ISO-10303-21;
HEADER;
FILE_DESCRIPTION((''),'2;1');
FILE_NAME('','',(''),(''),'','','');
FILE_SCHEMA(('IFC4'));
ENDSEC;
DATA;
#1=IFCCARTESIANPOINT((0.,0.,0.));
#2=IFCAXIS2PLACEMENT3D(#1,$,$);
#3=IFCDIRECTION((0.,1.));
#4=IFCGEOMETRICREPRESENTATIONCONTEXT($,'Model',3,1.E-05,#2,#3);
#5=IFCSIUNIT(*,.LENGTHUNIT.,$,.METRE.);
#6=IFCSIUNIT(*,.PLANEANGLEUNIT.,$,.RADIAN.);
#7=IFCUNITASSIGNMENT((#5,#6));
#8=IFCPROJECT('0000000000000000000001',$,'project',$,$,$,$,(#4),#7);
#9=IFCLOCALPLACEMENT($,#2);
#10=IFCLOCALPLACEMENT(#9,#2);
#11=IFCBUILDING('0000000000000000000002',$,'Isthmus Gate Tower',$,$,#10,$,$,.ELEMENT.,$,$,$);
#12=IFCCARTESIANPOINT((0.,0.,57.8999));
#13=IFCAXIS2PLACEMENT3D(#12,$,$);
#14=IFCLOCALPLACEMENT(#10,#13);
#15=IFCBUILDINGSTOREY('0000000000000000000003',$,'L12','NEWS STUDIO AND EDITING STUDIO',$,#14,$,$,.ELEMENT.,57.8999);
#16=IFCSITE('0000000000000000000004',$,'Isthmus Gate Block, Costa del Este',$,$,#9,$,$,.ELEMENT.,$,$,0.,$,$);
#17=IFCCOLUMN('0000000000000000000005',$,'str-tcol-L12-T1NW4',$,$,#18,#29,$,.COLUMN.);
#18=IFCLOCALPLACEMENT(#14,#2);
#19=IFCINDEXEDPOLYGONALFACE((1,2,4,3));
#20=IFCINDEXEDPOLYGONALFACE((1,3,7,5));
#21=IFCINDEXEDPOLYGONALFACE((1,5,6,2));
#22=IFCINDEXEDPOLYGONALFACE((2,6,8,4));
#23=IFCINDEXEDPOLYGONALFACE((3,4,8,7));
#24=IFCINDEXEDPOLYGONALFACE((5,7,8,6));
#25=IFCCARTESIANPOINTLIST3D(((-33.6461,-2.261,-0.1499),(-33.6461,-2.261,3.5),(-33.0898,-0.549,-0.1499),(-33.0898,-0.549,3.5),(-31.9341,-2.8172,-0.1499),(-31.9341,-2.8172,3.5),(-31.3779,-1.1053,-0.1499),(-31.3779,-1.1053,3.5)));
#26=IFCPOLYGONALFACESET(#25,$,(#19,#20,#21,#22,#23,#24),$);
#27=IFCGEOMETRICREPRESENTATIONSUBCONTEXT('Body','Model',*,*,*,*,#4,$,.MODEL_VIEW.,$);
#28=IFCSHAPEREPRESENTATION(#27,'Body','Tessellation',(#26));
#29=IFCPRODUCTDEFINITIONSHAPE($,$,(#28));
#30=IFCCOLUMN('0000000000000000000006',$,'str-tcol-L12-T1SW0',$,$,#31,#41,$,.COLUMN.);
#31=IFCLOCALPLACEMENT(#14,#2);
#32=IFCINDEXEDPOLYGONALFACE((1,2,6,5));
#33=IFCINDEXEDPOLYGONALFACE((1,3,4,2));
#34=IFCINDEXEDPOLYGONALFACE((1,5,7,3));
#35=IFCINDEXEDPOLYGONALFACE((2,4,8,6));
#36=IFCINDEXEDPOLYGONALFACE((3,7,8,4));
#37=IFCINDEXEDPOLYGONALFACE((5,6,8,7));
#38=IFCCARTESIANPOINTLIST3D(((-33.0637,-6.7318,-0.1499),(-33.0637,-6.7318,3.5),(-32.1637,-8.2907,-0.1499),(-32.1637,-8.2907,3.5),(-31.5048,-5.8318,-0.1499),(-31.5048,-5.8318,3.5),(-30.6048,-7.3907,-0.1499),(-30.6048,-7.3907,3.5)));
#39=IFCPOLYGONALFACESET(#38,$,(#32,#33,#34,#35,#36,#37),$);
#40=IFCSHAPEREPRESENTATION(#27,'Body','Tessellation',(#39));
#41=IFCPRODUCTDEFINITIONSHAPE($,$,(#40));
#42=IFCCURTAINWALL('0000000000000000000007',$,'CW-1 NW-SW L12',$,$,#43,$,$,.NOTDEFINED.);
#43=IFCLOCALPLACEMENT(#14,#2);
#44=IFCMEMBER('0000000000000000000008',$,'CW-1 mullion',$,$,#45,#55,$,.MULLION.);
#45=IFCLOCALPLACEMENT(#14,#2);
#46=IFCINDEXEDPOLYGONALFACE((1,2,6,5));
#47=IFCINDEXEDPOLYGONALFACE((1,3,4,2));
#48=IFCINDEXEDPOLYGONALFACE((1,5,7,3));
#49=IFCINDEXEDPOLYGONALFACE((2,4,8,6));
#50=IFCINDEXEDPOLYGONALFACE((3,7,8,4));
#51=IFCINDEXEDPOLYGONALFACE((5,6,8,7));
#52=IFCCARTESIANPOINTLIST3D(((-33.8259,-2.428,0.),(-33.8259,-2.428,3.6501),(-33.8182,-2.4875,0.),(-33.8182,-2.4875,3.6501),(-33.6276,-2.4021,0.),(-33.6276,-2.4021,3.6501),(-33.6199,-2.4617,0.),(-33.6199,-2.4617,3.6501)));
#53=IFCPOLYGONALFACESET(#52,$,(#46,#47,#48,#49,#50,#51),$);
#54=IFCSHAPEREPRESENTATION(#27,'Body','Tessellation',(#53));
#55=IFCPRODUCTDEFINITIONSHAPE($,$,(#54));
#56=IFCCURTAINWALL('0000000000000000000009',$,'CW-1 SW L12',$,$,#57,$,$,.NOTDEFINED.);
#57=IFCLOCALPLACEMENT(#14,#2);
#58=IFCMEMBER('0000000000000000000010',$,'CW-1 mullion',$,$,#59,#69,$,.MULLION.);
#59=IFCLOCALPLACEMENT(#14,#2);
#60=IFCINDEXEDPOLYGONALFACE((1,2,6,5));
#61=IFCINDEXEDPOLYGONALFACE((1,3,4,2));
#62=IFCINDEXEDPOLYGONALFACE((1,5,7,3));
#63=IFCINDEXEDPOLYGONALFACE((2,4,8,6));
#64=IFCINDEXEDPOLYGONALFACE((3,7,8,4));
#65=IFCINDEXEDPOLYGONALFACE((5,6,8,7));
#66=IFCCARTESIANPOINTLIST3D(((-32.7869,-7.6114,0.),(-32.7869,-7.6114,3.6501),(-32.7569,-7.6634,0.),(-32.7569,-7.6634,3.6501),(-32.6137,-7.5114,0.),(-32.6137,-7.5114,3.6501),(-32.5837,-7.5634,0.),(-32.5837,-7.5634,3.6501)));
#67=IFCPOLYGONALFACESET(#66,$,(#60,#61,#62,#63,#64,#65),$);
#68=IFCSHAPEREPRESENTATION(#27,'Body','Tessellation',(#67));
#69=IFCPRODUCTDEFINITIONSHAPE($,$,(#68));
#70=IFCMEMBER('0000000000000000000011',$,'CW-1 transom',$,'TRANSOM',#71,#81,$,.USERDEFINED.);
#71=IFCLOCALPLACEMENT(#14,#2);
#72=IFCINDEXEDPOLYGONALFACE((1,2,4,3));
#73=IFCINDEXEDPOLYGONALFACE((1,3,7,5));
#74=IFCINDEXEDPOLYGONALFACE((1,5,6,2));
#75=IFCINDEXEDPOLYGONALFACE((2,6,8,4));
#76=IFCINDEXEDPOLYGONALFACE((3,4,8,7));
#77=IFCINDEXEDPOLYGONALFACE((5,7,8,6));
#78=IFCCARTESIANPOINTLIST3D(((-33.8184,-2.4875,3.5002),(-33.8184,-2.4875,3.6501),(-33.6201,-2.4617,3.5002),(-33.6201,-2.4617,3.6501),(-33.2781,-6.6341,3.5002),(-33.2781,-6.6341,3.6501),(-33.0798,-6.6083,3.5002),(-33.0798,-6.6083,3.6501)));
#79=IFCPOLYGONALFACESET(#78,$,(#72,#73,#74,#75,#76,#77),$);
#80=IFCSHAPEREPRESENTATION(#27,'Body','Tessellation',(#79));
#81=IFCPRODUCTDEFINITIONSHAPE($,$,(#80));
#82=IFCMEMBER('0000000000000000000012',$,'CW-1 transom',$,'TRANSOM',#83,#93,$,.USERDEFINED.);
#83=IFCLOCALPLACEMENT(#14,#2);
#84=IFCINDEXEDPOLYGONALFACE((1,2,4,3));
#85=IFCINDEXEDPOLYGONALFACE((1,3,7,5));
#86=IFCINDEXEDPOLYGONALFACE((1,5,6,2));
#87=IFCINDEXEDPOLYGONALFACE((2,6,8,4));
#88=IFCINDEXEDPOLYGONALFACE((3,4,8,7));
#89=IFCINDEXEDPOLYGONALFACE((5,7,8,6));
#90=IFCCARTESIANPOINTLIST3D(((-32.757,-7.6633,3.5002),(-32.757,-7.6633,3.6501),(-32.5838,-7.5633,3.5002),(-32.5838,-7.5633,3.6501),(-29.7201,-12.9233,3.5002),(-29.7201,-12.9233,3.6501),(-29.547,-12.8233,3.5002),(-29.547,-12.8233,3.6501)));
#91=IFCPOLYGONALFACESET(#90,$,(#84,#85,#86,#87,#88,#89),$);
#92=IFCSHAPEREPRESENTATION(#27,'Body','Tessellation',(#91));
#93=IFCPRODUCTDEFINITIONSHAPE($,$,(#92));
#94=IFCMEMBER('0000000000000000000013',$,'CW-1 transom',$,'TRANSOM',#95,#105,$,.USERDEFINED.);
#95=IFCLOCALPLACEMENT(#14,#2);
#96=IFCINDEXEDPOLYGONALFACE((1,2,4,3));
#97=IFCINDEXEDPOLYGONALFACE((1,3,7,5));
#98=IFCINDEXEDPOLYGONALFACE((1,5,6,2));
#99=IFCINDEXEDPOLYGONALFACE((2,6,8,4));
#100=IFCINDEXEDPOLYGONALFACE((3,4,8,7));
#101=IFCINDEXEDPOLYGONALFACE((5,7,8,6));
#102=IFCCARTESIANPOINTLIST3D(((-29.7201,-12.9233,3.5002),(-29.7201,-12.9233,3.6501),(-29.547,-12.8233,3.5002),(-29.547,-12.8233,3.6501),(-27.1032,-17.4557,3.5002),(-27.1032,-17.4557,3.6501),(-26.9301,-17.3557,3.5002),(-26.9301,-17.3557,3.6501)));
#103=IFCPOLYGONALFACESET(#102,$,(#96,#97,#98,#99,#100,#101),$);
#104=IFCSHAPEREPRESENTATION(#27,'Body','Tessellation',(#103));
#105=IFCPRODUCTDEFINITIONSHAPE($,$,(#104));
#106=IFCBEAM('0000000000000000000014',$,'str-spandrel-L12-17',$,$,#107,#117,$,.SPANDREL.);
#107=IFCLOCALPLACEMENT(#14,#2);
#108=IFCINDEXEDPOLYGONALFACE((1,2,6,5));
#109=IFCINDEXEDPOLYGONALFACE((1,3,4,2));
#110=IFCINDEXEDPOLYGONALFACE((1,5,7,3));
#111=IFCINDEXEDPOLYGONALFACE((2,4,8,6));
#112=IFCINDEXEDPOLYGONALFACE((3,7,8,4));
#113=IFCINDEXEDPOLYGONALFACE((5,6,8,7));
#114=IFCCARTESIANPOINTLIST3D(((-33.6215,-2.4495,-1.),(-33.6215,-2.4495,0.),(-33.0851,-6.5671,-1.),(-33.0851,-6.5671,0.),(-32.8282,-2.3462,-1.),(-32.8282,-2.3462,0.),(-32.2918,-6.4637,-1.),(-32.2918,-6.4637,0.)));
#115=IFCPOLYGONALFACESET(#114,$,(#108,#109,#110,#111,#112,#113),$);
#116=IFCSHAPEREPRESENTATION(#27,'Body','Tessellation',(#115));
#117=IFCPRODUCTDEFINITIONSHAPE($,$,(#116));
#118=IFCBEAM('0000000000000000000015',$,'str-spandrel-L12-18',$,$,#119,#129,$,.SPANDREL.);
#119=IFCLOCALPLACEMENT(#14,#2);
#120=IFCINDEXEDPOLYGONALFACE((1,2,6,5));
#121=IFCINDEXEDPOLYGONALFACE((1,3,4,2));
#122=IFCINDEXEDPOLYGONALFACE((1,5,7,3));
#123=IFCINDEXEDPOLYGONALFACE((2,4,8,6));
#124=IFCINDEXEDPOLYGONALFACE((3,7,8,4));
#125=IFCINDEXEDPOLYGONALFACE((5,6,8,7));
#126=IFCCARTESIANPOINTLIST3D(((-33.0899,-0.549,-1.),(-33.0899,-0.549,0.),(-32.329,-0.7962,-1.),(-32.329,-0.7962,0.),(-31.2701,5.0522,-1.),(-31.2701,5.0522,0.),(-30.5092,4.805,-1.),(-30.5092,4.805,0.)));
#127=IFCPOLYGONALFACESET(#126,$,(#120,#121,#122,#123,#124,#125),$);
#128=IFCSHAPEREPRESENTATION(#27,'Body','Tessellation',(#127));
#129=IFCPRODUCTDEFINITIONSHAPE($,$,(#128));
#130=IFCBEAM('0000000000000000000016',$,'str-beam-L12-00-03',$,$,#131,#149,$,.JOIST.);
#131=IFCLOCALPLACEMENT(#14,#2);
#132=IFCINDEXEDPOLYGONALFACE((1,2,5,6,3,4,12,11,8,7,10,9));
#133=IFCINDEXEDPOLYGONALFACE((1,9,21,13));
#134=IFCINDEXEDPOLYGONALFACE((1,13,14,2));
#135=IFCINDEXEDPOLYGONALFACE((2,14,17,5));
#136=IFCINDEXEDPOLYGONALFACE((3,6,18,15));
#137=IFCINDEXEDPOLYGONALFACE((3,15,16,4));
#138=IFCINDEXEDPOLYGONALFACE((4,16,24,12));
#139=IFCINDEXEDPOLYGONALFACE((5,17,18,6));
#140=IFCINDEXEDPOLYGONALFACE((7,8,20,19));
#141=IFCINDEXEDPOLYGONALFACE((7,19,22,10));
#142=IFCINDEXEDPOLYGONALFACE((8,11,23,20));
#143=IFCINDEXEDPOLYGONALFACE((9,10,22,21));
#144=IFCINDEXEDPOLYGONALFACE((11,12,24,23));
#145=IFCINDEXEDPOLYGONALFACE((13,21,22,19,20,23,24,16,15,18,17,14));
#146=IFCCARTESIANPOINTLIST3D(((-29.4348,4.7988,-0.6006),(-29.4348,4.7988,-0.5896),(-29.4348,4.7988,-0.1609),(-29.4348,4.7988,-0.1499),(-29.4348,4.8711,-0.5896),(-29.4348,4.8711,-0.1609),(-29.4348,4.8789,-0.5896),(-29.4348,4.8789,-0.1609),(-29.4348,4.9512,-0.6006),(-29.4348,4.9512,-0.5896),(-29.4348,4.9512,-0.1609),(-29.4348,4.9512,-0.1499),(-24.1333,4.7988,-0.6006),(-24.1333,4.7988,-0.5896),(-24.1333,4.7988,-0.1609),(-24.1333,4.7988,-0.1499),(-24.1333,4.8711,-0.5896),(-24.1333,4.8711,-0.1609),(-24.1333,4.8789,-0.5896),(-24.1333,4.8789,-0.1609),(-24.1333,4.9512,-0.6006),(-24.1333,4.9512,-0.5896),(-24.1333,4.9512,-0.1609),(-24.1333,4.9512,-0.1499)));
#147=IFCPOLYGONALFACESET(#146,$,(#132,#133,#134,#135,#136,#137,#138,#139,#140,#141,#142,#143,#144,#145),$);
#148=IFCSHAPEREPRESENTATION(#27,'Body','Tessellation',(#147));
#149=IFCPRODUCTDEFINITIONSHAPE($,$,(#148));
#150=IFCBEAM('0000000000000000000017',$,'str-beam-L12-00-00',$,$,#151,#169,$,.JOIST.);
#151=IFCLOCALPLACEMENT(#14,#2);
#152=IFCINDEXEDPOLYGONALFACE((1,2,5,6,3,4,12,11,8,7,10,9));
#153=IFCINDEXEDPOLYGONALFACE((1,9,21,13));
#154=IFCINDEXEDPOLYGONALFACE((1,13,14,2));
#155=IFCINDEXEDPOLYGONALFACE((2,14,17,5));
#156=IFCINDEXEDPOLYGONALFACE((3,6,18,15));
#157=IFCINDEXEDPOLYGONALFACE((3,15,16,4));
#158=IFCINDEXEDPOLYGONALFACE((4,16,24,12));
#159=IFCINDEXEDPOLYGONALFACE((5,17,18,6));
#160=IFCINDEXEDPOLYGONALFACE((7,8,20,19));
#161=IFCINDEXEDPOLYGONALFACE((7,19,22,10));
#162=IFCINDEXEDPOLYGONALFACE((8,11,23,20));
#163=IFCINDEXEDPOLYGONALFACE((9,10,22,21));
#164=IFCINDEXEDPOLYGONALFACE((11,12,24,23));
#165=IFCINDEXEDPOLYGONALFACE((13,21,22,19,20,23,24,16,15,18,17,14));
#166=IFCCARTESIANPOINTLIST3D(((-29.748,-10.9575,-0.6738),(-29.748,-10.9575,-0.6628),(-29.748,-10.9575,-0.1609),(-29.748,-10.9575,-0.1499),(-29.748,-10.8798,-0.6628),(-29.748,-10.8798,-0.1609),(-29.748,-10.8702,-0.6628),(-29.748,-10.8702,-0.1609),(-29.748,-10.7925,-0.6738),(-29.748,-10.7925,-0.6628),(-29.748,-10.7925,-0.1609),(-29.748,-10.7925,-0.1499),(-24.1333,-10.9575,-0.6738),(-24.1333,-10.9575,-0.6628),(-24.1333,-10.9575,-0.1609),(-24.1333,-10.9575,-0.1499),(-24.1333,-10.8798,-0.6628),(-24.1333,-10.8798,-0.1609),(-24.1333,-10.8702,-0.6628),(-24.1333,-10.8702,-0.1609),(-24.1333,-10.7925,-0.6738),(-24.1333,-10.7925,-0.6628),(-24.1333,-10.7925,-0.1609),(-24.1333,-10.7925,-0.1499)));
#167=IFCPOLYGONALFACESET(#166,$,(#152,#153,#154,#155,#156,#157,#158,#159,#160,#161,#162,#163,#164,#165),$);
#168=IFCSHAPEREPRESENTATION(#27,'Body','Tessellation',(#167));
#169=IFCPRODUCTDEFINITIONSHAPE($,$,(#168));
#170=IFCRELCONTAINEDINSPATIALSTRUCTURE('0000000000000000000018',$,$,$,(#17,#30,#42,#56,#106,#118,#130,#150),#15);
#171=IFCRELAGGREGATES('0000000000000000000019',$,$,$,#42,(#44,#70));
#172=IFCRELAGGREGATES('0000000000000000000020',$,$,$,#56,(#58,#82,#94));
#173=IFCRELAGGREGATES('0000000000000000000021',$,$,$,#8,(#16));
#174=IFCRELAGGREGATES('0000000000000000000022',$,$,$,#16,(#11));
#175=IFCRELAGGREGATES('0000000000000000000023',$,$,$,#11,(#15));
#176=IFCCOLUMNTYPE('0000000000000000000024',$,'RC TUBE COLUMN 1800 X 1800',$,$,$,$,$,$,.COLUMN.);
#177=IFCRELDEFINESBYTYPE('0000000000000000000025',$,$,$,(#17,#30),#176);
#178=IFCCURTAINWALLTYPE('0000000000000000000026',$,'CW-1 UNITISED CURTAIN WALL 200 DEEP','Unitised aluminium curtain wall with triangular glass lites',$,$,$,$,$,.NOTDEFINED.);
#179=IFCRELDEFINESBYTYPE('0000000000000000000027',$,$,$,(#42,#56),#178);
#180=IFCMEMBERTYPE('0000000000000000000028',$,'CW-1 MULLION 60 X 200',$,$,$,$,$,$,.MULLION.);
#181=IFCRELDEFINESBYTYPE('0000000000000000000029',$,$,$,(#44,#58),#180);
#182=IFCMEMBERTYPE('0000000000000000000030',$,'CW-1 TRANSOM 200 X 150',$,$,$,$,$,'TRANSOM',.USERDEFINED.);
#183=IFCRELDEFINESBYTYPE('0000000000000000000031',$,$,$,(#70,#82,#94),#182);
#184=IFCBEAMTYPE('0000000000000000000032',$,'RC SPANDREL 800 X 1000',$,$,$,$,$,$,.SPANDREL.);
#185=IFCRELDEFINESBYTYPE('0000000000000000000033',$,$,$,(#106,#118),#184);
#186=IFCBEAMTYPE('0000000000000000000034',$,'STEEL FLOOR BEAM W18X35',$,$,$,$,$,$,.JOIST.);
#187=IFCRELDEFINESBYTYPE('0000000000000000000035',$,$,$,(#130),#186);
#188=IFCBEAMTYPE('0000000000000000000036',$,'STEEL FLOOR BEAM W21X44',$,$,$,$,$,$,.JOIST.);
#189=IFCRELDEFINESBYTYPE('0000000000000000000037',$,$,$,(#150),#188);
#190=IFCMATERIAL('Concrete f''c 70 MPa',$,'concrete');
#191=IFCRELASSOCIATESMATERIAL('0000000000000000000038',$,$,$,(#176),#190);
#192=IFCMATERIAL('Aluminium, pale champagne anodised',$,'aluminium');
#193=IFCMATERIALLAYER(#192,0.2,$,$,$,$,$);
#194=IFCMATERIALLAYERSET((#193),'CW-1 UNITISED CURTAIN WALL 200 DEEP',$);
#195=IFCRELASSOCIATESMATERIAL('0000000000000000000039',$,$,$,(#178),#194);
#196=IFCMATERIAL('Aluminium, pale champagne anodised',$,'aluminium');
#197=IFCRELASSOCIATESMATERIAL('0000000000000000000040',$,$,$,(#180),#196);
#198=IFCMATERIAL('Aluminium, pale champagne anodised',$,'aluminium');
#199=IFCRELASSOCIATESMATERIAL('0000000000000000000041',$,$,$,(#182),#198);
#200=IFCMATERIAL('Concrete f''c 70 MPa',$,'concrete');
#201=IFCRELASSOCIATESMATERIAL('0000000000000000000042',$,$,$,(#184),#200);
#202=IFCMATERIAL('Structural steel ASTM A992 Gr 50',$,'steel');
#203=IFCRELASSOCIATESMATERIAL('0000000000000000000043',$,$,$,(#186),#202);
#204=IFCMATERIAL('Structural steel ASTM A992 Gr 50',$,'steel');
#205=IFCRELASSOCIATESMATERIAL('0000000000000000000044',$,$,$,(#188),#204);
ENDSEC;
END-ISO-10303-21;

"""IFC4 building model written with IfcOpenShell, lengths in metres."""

from ifc_helpers import new_model, si_unit, direction, frame, origin, origin_2d, place, context, subcontext, project, spatial, rectangle, i_section, extrude, material, layer, layer_set, material_profile, profile_set, type_object, element, aggregate, save


model = new_model("IFC4")

# Units and contexts
model_context = context("Model", 3, precision=1e-05, world=origin(), true_north=direction((0.0, 1.0)))
body_context = subcontext(model_context, "Body", "Model", "MODEL_VIEW")
ifc_project = project(units=[si_unit("LENGTHUNIT", "METRE"), si_unit("PLANEANGLEUNIT", "RADIAN")], contexts=[model_context])

# Site, building, storey
site_placement = place(None, origin())
site = spatial("IfcSite", under=ifc_project, at=site_placement, Name="Isthmus Gate Block, Costa del Este", CompositionType="ELEMENT", RefElevation=0.0)
building_placement = place(site_placement, origin())
building = spatial("IfcBuilding", under=site, at=building_placement, Name="Isthmus Gate Tower", CompositionType="ELEMENT")
storey_placement = place(building_placement, frame((0.0, 0.0, 57.8999)))
storey = spatial("IfcBuildingStorey", under=building, at=storey_placement, Name="L12", Description="NEWS STUDIO AND EDITING STUDIO", CompositionType="ELEMENT", Elevation=57.8999)

# Columns
ifc_material_1 = material(Name="Concrete f'c 70 MPa", Category="concrete")
ifc_material_profile_1 = material_profile(ifc_material_1, rectangle(XDim=1.8, YDim=1.8, at=origin_2d()), Name="RC 1800X1800")
ifc_profile_set_1 = profile_set([ifc_material_profile_1], Name="Concrete f'c 70 MPa")
column_type = type_object("IfcColumnType", Name="RC TUBE COLUMN 1800 X 1800", PredefinedType="COLUMN", material=ifc_profile_set_1)
for number, where, z_axis, x_axis, name in (
    (1, (-32.512, -1.6831, -0.1499), (0.0, 0.0, 1.0), (-0.309017, -0.951057, 0.0), "str-tcol-L12-T1NW4"),
    (2, (-31.8342, -7.0613, -0.1499), (0.0, 0.0, 1.0), (0.5, -0.866025, 0.0), "str-tcol-L12-T1SW0"),
):
    element("IfcColumn", number, at=place(storey_placement, frame(where, z_axis=z_axis, x_axis=x_axis)), inside=storey, type_object=column_type, Name=name, PredefinedType="COLUMN", context=body_context, shape_type="SweptSolid", body=[
        extrude(rectangle(XDim=1.8, YDim=1.8, at=origin_2d()), origin(), (0.0, 0.0, 1.0), 3.6499),
    ])

# Curtain walls, members
ifc_material_2 = material(Name="Aluminium, pale champagne anodised", Category="aluminium")
ifc_layer_1 = layer(ifc_material_2, 0.2)
ifc_layer_set_1 = layer_set([ifc_layer_1], Name="CW-1 UNITISED CURTAIN WALL 200 DEEP")
curtain_wall_type = type_object("IfcCurtainWallType", Name="CW-1 UNITISED CURTAIN WALL 200 DEEP", Description="Unitised aluminium curtain wall with triangular glass lites", PredefinedType="NOTDEFINED", material=ifc_layer_set_1)
curtain_wall_1_placement = place(storey_placement, origin())
curtain_wall_1 = element("IfcCurtainWall", 3, at=curtain_wall_1_placement, inside=storey, type_object=curtain_wall_type, Name="CW-1 NW-SW L12", PredefinedType="NOTDEFINED")
ifc_material_3 = material(Name="Aluminium, pale champagne anodised", Category="aluminium")
ifc_material_profile_2 = material_profile(ifc_material_3, rectangle(XDim=0.0601, YDim=0.2, at=origin_2d()), Name="60x200")
ifc_profile_set_2 = profile_set([ifc_material_profile_2], Name="Aluminium, pale champagne anodised")
member_type_1 = type_object("IfcMemberType", Name="CW-1 MULLION 60 X 200", PredefinedType="MULLION", material=ifc_profile_set_2)
member_1_placement = place(storey_placement, frame((-33.7229, -2.4448, 0.0), z_axis=(0.0, 0.0, 1.0), x_axis=(0.129165, -0.991623, 0.0)))
member_1 = element("IfcMember", 4, at=member_1_placement, type_object=member_type_1, Name="CW-1 mullion", PredefinedType="MULLION", context=body_context, shape_type="SweptSolid", body=[
    extrude(rectangle(XDim=0.0601, YDim=0.2, at=origin_2d()), origin(), (0.0, 0.0, 1.0), 3.6501),
])
curtain_wall_2_placement = place(storey_placement, origin())
curtain_wall_2 = element("IfcCurtainWall", 5, at=curtain_wall_2_placement, inside=storey, type_object=curtain_wall_type, Name="CW-1 SW L12", PredefinedType="NOTDEFINED")
member_2_placement = place(storey_placement, frame((-32.6853, -7.5874, 0.0), z_axis=(0.0, 0.0, 1.0), x_axis=(0.5, -0.866025, 0.0)))
member_2 = element("IfcMember", 6, at=member_2_placement, type_object=member_type_1, Name="CW-1 mullion", PredefinedType="MULLION", context=body_context, shape_type="SweptSolid", body=[
    extrude(rectangle(XDim=0.0601, YDim=0.2, at=origin_2d()), origin(), (0.0, 0.0, 1.0), 3.6501),
])

# Members
ifc_material_4 = material(Name="Aluminium, pale champagne anodised", Category="aluminium")
ifc_material_profile_3 = material_profile(ifc_material_4, rectangle(XDim=0.2, YDim=0.1499, at=origin_2d()), Name="200x150")
ifc_profile_set_3 = profile_set([ifc_material_profile_3], Name="Aluminium, pale champagne anodised")
member_type_2 = type_object("IfcMemberType", Name="CW-1 TRANSOM 200 X 150", ElementType="TRANSOM", PredefinedType="USERDEFINED", material=ifc_profile_set_3)
member_3_placement = place(storey_placement, frame((-33.7192, -2.4746, 3.5752), z_axis=(0.129207, -0.991618, 0.0), x_axis=(0.991618, 0.129207, 0.0)))
member_3 = element("IfcMember", 7, at=member_3_placement, type_object=member_type_2, Name="CW-1 transom", ObjectType="TRANSOM", PredefinedType="USERDEFINED", context=body_context, shape_type="SweptSolid", body=[
    extrude(rectangle(XDim=0.2, YDim=0.1499, at=origin_2d()), origin(), (0.0, 0.0, 1.0), 4.1816),
])
member_4_placement = place(storey_placement, frame((-32.6704, -7.6133, 3.5752), z_axis=(0.5, -0.866026, 0.0), x_axis=(0.866026, 0.5, 0.0)))
member_4 = element("IfcMember", 8, at=member_4_placement, type_object=member_type_2, Name="CW-1 transom", ObjectType="TRANSOM", PredefinedType="USERDEFINED", context=body_context, shape_type="SweptSolid", body=[
    extrude(rectangle(XDim=0.2, YDim=0.1499, at=origin_2d()), origin(), (0.0, 0.0, 1.0), 6.0737),
])
member_5_placement = place(storey_placement, frame((-29.6335, -12.8733, 3.5752), z_axis=(0.500017, -0.866015, 0.0), x_axis=(0.866015, 0.500017, 0.0)))
member_5 = element("IfcMember", 9, at=member_5_placement, type_object=member_type_2, Name="CW-1 transom", ObjectType="TRANSOM", PredefinedType="USERDEFINED", context=body_context, shape_type="SweptSolid", body=[
    extrude(rectangle(XDim=0.2, YDim=0.1499, at=origin_2d()), origin(), (0.0, 0.0, 1.0), 5.2336),
])

# Beams
ifc_material_5 = material(Name="Concrete f'c 70 MPa", Category="concrete")
ifc_material_profile_4 = material_profile(ifc_material_5, rectangle(XDim=0.8, YDim=1.0, at=origin_2d()), Name="RC 800X1000")
ifc_profile_set_4 = profile_set([ifc_material_profile_4], Name="Concrete f'c 70 MPa")
beam_type_1 = type_object("IfcBeamType", Name="RC SPANDREL 800 X 1000", PredefinedType="SPANDREL", material=ifc_profile_set_4)
beam_1_placement = place(storey_placement, frame((-32.6885, -6.5154, -0.5), z_axis=(-0.129171, 0.991622, 0.0), x_axis=(-0.991622, -0.129171, 0.0)))
element("IfcBeam", 10, at=beam_1_placement, inside=storey, type_object=beam_type_1, Name="str-spandrel-L12-17", PredefinedType="SPANDREL", context=body_context, shape_type="SweptSolid", body=[
    extrude(rectangle(XDim=0.8, YDim=1.0, at=origin_2d()), origin(), (0.0, 0.0, 1.0), 4.1523),
])
beam_2_placement = place(storey_placement, frame((-32.7095, -0.6726, -0.5), z_axis=(0.309005, 0.95106, 0.0), x_axis=(-0.95106, 0.309005, 0.0)))
element("IfcBeam", 11, at=beam_2_placement, inside=storey, type_object=beam_type_1, Name="str-spandrel-L12-18", PredefinedType="SPANDREL", context=body_context, shape_type="SweptSolid", body=[
    extrude(rectangle(XDim=0.8, YDim=1.0, at=origin_2d()), origin(), (0.0, 0.0, 1.0), 5.8894),
])
ifc_material_6 = material(Name="Structural steel ASTM A992 Gr 50", Category="steel")
ifc_material_profile_5 = material_profile(ifc_material_6, i_section(OverallWidth=0.1523, OverallDepth=0.4507, WebThickness=0.0078, FlangeThickness=0.011, at=origin_2d()), Name="W18X35")
ifc_profile_set_5 = profile_set([ifc_material_profile_5], Name="Structural steel ASTM A992 Gr 50")
beam_type_2 = type_object("IfcBeamType", Name="STEEL FLOOR BEAM W18X35", PredefinedType="JOIST", material=ifc_profile_set_5)
beam_3_placement = place(storey_placement, frame((-29.4348, 4.875, -0.3752), z_axis=(1.0, 0.0, 0.0), x_axis=(0.0, 1.0, 0.0)))
element("IfcBeam", 12, at=beam_3_placement, inside=storey, type_object=beam_type_2, Name="str-beam-L12-00-03", PredefinedType="JOIST", context=body_context, shape_type="SweptSolid", body=[
    extrude(i_section(OverallWidth=0.1523, OverallDepth=0.4507, WebThickness=0.0078, FlangeThickness=0.011, at=origin_2d()), origin(), (0.0, 0.0, 1.0), 5.3015),
])
ifc_material_7 = material(Name="Structural steel ASTM A992 Gr 50", Category="steel")
ifc_material_profile_6 = material_profile(ifc_material_7, i_section(OverallWidth=0.165, OverallDepth=0.5239, WebThickness=0.0095, FlangeThickness=0.011, at=origin_2d()), Name="W21X44")
ifc_profile_set_6 = profile_set([ifc_material_profile_6], Name="Structural steel ASTM A992 Gr 50")
beam_type_3 = type_object("IfcBeamType", Name="STEEL FLOOR BEAM W21X44", PredefinedType="JOIST", material=ifc_profile_set_6)
beam_4_placement = place(storey_placement, frame((-29.748, -10.875, -0.4119), z_axis=(1.0, 0.0, 0.0), x_axis=(0.0, 1.0, 0.0)))
element("IfcBeam", 13, at=beam_4_placement, inside=storey, type_object=beam_type_3, Name="str-beam-L12-00-00", PredefinedType="JOIST", context=body_context, shape_type="SweptSolid", body=[
    extrude(i_section(OverallWidth=0.165, OverallDepth=0.5239, WebThickness=0.0095, FlangeThickness=0.011, at=origin_2d()), origin(), (0.0, 0.0, 1.0), 5.6147),
])

aggregate(curtain_wall_1, [member_1, member_3])
aggregate(curtain_wall_2, [member_2, member_4, member_5])

save(model, "model.ifc")
